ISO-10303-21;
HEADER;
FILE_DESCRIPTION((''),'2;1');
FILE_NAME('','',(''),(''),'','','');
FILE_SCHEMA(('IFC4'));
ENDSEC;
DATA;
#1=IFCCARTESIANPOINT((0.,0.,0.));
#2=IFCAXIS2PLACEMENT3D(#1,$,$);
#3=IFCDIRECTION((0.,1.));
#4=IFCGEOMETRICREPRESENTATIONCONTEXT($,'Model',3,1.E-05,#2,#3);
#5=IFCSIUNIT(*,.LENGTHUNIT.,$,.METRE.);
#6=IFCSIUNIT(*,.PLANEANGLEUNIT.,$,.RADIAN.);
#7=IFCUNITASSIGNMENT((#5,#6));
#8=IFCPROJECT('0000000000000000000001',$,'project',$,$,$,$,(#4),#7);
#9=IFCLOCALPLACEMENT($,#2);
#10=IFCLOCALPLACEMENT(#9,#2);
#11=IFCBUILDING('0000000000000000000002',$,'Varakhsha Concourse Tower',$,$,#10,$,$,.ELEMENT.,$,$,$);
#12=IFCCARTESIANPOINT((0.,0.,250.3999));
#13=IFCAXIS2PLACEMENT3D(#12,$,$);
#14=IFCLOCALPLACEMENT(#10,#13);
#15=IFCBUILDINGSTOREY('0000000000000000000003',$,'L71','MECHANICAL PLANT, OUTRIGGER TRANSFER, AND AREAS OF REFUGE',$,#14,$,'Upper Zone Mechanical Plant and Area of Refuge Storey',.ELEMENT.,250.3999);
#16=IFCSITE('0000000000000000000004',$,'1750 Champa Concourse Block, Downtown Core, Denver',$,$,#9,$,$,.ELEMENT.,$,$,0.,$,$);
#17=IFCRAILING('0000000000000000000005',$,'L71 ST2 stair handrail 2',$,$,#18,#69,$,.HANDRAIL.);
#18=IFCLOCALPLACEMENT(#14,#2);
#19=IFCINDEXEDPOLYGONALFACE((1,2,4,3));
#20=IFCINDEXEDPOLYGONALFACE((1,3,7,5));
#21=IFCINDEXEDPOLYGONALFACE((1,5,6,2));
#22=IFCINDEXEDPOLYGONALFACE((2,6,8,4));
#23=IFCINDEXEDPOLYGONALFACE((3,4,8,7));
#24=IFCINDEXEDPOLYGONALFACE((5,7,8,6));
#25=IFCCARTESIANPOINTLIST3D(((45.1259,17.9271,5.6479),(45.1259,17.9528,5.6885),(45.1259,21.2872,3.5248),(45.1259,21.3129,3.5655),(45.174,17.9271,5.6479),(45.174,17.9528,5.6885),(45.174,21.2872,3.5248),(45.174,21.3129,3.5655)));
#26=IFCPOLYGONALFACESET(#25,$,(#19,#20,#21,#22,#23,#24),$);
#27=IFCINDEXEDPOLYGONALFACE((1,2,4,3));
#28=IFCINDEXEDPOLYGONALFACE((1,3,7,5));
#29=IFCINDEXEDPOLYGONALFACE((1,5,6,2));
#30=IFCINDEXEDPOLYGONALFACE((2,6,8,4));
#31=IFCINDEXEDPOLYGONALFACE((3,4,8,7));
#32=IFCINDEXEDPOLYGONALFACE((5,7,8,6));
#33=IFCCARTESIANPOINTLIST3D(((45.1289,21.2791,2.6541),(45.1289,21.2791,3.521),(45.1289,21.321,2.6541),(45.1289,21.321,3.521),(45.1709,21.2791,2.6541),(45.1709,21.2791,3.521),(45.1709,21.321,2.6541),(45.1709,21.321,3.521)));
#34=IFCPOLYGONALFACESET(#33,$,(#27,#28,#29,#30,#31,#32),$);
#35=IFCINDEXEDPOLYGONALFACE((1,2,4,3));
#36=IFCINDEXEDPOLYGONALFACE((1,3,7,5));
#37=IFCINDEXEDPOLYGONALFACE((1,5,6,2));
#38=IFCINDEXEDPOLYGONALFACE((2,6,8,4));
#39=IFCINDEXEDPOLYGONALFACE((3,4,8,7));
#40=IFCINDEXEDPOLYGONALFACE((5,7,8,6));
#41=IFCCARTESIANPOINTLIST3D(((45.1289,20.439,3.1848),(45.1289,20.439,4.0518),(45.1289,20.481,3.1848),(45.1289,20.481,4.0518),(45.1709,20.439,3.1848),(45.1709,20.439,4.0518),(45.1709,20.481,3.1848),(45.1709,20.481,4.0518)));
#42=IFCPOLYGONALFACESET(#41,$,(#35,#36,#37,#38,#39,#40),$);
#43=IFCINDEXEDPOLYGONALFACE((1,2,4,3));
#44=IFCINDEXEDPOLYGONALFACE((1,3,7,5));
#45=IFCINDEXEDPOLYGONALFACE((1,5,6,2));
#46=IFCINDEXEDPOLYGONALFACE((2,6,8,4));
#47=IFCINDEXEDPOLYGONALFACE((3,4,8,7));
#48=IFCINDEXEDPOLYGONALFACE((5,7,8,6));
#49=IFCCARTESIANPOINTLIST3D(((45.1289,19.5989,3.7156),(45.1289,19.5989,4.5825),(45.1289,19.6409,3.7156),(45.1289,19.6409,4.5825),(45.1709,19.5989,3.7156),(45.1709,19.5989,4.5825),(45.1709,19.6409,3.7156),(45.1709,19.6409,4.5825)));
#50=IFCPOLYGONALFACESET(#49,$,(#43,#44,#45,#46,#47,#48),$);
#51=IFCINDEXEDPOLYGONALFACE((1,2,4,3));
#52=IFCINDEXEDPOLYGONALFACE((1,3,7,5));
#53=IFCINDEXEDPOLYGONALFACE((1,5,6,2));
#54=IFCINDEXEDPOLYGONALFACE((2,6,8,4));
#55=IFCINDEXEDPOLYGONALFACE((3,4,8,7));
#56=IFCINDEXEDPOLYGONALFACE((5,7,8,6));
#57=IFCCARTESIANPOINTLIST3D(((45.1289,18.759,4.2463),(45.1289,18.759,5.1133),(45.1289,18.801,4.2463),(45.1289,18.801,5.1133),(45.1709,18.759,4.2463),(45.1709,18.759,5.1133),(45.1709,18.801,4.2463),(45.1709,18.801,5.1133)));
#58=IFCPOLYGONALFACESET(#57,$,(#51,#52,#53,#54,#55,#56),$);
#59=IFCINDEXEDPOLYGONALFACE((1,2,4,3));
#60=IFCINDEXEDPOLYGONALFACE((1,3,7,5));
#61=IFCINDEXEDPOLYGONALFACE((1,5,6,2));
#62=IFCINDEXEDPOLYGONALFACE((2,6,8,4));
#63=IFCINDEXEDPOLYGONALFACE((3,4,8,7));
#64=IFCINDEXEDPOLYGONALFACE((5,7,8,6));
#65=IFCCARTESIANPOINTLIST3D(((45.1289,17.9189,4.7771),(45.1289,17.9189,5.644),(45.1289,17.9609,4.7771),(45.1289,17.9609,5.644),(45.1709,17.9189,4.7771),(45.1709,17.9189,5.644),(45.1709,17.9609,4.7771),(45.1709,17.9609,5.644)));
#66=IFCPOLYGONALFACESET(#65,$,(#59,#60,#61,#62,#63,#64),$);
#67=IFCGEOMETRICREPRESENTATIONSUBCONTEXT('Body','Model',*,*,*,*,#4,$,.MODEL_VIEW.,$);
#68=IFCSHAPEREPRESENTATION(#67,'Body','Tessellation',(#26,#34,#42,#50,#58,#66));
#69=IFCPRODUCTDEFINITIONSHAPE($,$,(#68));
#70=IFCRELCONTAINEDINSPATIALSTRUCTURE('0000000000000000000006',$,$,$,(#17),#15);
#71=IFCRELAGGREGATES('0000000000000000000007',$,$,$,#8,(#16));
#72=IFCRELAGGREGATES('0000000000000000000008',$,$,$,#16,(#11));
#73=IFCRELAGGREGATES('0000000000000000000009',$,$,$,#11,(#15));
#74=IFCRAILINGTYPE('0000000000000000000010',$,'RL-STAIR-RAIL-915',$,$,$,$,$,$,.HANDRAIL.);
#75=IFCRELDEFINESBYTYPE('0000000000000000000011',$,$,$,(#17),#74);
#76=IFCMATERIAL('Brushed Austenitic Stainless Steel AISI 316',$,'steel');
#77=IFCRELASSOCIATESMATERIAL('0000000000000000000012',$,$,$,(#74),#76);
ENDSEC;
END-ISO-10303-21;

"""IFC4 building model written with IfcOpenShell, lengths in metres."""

from ifc_helpers import new_model, si_unit, direction, frame, origin, origin_2d, place, context, subcontext, project, spatial, rectangle, extrude, material, type_object, element, save


model = new_model("IFC4")

# Units and contexts
model_context = context("Model", 3, precision=1e-05, world=origin(), true_north=direction((0.0, 1.0)))
body_context = subcontext(model_context, "Body", "Model", "MODEL_VIEW")
ifc_project = project(units=[si_unit("LENGTHUNIT", "METRE"), si_unit("PLANEANGLEUNIT", "RADIAN")], contexts=[model_context])

# Site, building, storey
site_placement = place(None, origin())
site = spatial("IfcSite", under=ifc_project, at=site_placement, Name="1750 Champa Concourse Block, Downtown Core, Denver", CompositionType="ELEMENT", RefElevation=0.0)
building_placement = place(site_placement, origin())
building = spatial("IfcBuilding", under=site, at=building_placement, Name="Varakhsha Concourse Tower", CompositionType="ELEMENT")
storey_placement = place(building_placement, frame((0.0, 0.0, 250.3999)))
storey = spatial("IfcBuildingStorey", under=building, at=storey_placement, Name="L71", Description="MECHANICAL PLANT, OUTRIGGER TRANSFER, AND AREAS OF REFUGE", LongName="Upper Zone Mechanical Plant and Area of Refuge Storey", CompositionType="ELEMENT", Elevation=250.3999)

# Railing
ifc_material_1 = material(Name="Brushed Austenitic Stainless Steel AISI 316", Category="steel")
railing_type_1 = type_object("IfcRailingType", Name="RL-STAIR-RAIL-915", PredefinedType="HANDRAIL", material=ifc_material_1)
railing_1_placement = place(storey_placement, frame((45.1499, 21.3, 2.6541)))
element("IfcRailing", 1, at=railing_1_placement, inside=storey, type_object=railing_type_1, Name="L71 ST2 stair handrail 2", PredefinedType="HANDRAIL", context=body_context, shape_type="SweptSolid", body=[
    extrude(rectangle(XDim=0.0481, YDim=0.0481, at=origin_2d()), frame((0.0, 0.0, 0.8911), z_axis=(0.0, -0.84539, 0.53415), x_axis=(1.0, 0.0, 0.0)), (0.0, 0.0, 1.0), 3.9746),
    extrude(rectangle(XDim=0.042, YDim=0.042, at=origin_2d()), origin(), (0.0, 0.0, 1.0), 0.8669),
    extrude(rectangle(XDim=0.042, YDim=0.042, at=origin_2d()), frame((0.0, -0.8401, 0.5308)), (0.0, 0.0, 1.0), 0.8669),
    extrude(rectangle(XDim=0.042, YDim=0.042, at=origin_2d()), frame((0.0, -1.6802, 1.0615)), (0.0, 0.0, 1.0), 0.8669),
    extrude(rectangle(XDim=0.042, YDim=0.042, at=origin_2d()), frame((0.0, -2.52, 1.5923)), (0.0, 0.0, 1.0), 0.8669),
    extrude(rectangle(XDim=0.042, YDim=0.042, at=origin_2d()), frame((0.0, -3.3601, 2.123)), (0.0, 0.0, 1.0), 0.8669),
])

save(model, "model.ifc")
